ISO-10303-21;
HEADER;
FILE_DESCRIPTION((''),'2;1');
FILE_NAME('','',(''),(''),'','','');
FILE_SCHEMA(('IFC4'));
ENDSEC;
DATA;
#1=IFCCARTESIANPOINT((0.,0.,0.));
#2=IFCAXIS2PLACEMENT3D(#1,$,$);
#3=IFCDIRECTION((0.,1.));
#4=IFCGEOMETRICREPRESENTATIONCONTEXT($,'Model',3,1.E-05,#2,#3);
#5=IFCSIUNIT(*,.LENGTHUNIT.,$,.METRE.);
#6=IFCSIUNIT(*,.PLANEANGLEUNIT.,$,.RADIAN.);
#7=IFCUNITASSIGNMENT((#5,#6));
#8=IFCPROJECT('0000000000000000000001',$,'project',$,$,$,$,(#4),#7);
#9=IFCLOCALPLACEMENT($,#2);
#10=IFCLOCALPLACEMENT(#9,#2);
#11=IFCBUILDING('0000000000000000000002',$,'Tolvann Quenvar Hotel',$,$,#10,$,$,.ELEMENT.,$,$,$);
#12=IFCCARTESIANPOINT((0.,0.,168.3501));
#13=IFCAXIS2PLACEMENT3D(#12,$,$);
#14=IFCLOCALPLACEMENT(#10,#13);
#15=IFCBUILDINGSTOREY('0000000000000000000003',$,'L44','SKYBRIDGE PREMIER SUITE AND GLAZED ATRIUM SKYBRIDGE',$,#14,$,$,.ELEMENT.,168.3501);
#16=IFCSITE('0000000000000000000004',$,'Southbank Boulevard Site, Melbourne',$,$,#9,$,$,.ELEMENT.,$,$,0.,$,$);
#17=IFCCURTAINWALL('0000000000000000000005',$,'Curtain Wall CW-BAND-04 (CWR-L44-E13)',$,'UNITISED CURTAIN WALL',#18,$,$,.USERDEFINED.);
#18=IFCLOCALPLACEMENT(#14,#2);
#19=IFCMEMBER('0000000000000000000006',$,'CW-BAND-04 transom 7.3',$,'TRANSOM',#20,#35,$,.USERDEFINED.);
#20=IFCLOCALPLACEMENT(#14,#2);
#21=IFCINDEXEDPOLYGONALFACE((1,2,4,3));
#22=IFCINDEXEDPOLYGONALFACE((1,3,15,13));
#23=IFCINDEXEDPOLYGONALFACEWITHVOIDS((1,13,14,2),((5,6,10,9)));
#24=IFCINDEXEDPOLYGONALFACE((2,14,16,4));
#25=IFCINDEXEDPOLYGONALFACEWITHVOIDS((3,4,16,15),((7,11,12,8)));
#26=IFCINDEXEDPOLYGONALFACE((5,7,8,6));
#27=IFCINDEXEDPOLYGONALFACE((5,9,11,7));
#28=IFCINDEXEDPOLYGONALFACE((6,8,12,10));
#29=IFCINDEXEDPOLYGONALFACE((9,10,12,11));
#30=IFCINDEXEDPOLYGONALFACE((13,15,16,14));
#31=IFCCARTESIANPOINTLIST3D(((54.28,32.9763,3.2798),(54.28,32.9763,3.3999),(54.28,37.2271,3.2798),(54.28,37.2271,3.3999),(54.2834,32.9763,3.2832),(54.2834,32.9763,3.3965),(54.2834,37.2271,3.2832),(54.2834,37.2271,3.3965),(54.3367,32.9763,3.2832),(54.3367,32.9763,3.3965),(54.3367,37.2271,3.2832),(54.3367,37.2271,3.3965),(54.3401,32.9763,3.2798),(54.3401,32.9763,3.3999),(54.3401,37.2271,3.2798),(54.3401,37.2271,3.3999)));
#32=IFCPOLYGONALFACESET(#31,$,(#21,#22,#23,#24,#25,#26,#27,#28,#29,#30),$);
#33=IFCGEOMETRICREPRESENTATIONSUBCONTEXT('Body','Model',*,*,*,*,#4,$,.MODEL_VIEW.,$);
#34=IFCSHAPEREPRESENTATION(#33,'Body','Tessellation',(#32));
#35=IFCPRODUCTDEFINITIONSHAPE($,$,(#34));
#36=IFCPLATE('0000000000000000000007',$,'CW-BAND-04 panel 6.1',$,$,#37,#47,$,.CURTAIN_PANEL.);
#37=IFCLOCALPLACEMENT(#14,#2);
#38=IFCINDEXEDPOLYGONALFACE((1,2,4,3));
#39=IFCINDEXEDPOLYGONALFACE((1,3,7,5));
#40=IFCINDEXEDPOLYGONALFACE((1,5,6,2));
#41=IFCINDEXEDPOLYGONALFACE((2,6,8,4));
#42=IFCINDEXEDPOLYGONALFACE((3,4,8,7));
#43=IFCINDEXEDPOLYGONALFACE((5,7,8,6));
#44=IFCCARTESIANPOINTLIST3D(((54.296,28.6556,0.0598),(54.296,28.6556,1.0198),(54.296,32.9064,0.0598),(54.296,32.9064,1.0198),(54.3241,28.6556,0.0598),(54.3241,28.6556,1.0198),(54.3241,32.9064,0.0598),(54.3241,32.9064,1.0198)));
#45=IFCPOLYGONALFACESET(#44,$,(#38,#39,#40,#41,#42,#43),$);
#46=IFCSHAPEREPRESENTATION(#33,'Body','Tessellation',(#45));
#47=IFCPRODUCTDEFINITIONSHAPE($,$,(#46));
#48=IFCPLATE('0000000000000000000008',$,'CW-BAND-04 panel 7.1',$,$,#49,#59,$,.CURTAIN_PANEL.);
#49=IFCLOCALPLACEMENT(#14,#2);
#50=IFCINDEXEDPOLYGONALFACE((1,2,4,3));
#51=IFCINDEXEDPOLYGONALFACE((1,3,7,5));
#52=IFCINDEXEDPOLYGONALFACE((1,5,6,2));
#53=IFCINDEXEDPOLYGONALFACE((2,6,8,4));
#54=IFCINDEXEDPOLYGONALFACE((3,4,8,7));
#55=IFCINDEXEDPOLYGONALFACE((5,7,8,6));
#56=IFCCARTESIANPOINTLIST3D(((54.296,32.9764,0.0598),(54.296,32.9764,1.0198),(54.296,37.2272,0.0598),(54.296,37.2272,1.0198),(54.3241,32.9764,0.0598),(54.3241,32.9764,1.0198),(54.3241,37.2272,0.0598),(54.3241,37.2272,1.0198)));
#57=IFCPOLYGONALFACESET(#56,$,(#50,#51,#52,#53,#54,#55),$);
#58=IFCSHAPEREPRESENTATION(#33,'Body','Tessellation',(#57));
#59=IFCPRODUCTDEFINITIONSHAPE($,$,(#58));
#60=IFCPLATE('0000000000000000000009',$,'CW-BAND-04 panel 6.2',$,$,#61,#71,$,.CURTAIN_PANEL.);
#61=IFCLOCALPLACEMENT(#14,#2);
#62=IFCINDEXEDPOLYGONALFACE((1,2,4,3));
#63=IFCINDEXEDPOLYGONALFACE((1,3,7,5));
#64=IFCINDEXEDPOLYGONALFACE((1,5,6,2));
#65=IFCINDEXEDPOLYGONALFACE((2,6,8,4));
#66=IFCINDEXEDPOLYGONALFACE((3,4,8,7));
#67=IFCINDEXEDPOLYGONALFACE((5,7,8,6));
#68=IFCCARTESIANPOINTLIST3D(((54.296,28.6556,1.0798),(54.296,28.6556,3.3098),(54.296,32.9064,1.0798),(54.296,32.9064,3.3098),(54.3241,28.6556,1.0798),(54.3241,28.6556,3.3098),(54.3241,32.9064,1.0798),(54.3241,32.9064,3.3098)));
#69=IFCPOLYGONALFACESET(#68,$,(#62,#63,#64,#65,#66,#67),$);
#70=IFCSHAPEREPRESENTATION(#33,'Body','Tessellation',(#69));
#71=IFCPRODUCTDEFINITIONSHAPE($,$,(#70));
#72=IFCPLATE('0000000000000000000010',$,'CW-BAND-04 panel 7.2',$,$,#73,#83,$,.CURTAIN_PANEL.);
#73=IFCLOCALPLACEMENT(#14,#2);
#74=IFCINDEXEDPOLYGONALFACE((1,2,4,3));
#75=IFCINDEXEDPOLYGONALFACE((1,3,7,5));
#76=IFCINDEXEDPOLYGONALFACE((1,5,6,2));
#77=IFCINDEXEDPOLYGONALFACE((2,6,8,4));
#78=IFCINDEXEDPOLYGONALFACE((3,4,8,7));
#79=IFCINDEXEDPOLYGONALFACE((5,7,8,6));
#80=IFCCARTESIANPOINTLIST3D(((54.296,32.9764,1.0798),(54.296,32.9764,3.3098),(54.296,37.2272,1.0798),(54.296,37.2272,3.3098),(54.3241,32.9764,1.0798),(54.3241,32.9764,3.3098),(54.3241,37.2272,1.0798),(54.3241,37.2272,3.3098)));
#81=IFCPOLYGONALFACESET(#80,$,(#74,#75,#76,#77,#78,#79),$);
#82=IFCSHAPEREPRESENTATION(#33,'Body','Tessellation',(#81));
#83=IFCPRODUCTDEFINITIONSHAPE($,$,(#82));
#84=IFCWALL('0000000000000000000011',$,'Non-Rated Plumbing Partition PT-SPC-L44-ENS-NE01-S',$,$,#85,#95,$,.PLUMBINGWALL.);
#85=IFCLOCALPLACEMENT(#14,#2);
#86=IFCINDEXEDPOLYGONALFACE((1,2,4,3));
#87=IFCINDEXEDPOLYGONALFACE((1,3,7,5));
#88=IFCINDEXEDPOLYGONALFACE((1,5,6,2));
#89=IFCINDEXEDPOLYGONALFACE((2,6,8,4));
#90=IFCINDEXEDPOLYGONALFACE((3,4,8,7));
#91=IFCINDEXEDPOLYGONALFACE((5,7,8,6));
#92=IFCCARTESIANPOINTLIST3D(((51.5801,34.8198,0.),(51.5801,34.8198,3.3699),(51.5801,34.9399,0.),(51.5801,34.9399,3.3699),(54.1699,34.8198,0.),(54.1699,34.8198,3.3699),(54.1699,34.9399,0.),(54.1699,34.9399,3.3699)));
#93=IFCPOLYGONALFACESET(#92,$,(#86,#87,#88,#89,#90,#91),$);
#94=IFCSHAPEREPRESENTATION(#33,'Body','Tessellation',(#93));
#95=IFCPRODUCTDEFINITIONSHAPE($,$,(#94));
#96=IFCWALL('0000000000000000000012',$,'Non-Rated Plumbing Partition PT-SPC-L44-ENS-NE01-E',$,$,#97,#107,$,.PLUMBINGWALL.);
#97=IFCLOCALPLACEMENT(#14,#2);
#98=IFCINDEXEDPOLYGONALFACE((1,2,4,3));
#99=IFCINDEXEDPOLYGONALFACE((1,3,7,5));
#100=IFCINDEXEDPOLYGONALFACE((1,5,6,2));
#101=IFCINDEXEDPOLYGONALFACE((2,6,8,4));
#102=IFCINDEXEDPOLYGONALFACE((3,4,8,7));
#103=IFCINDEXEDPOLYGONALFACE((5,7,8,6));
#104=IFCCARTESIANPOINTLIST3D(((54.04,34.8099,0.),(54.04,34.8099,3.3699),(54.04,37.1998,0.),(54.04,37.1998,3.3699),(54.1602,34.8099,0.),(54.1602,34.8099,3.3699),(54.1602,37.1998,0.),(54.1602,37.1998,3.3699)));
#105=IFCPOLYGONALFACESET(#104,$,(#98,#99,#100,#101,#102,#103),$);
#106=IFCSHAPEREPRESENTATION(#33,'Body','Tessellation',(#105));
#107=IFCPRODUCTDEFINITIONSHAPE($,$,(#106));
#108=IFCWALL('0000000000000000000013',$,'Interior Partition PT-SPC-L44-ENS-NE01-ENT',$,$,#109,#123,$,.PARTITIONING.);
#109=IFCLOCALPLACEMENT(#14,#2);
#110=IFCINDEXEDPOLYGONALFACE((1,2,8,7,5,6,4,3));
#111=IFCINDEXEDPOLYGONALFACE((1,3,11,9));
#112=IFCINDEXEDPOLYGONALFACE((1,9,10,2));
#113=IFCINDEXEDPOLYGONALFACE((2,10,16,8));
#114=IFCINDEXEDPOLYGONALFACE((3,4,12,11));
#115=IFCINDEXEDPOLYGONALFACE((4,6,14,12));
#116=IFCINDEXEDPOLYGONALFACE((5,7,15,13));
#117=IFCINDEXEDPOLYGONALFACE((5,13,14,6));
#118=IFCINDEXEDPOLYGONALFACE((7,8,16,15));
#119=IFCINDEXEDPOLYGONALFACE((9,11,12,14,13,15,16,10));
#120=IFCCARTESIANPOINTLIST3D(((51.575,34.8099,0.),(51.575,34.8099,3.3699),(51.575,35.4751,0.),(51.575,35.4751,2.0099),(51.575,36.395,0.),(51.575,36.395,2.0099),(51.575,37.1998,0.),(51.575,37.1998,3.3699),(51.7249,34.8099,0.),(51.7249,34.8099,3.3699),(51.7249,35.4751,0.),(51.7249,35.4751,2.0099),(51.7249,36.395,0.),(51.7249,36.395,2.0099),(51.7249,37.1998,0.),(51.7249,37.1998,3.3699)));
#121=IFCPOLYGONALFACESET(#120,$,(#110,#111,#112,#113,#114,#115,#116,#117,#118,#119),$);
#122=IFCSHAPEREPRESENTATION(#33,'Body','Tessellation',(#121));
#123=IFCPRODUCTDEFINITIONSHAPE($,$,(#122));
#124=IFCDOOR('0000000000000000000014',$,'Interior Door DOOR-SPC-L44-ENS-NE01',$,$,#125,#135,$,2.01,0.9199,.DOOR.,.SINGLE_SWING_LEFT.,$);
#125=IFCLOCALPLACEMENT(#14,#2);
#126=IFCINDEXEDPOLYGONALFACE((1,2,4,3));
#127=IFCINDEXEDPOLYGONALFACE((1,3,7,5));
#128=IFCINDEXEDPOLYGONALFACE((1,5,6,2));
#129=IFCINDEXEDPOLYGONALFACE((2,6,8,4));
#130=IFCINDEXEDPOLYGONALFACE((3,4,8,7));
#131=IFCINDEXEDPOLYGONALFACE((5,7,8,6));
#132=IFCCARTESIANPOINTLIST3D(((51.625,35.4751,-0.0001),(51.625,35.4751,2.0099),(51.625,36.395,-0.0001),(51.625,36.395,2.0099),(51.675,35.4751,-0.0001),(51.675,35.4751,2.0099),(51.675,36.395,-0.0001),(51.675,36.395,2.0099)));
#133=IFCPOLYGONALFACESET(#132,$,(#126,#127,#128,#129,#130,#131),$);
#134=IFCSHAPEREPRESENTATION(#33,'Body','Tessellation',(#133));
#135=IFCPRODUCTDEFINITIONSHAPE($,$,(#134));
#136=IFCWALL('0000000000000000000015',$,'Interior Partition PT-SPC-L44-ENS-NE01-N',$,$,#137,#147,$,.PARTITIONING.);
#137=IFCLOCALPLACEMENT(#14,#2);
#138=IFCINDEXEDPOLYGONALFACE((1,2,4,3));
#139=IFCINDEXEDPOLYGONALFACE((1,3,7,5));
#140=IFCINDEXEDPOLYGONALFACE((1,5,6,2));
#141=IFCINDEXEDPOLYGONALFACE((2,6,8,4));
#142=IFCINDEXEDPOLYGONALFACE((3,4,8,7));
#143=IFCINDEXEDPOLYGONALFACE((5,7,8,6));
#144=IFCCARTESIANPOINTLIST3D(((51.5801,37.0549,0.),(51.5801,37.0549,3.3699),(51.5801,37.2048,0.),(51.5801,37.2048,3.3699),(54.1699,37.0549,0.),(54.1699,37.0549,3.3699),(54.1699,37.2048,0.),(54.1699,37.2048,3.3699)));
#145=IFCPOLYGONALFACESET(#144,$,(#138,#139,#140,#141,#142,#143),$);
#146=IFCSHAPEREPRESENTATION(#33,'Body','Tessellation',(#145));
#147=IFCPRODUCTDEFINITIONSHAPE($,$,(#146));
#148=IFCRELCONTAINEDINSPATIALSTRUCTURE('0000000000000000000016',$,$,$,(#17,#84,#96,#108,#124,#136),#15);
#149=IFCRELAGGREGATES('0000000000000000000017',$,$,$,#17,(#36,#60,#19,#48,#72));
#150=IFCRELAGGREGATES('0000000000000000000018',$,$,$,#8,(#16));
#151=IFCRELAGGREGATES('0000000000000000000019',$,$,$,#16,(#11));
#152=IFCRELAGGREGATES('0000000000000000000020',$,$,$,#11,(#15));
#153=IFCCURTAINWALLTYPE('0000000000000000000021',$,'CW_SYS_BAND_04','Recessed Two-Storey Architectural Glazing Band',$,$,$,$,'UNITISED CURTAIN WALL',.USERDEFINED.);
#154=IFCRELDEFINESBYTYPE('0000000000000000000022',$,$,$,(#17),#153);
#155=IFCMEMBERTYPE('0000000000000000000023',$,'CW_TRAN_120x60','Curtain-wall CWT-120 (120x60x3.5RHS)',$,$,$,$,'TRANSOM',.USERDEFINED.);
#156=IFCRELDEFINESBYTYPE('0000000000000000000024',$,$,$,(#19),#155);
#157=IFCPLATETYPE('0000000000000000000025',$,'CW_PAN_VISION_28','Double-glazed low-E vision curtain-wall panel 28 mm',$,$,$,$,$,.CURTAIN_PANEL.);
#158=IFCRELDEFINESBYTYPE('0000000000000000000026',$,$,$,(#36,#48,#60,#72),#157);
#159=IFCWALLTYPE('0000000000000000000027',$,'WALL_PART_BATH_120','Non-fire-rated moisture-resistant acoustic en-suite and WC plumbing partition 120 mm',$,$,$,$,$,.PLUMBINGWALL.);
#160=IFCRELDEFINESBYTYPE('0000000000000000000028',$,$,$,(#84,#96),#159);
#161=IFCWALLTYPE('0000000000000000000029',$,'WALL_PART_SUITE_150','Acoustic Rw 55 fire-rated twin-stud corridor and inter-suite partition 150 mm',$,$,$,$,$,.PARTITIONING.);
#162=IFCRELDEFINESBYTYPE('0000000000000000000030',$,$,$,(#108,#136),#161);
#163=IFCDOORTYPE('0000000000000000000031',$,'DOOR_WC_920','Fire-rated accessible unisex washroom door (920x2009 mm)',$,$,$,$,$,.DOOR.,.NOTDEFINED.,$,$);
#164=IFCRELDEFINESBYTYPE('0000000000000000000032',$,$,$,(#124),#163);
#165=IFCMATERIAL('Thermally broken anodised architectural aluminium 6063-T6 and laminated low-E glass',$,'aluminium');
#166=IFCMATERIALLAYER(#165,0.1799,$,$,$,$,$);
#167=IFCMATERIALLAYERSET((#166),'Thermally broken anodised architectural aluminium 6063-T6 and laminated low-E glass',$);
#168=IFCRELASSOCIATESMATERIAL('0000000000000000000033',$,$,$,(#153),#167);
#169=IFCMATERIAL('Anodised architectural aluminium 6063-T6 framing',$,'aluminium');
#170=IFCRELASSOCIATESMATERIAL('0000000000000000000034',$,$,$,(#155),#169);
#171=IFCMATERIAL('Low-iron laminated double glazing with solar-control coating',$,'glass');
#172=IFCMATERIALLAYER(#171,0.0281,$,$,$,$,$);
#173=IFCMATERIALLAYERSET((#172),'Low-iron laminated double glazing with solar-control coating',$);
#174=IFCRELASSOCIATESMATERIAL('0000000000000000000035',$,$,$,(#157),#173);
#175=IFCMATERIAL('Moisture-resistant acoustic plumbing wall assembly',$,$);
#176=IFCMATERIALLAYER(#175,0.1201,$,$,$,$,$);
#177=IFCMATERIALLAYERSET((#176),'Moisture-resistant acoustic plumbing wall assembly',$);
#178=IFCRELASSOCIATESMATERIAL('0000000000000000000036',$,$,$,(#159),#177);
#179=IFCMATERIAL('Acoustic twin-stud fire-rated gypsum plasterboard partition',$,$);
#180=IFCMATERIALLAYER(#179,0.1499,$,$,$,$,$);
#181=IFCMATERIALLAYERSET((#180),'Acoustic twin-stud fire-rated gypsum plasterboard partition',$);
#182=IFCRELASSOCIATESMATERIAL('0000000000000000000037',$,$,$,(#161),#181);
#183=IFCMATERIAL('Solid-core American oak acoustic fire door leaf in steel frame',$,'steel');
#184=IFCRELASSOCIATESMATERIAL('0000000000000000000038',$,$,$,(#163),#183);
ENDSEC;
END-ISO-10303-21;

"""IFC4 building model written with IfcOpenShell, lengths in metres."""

from ifc_helpers import new_model, si_unit, direction, frame, frame_2d, origin, origin_2d, place, context, subcontext, project, spatial, rectangle, hollow_rectangle, extrude, source, transform, mapped, material, layer, layer_set, material_profile, profile_set, type_object, type_shapes, element, fill, aggregate, save


model = new_model("IFC4")

# Units and contexts
model_context = context("Model", 3, precision=1e-05, world=origin(), true_north=direction((0.0, 1.0)))
body_context = subcontext(model_context, "Body", "Model", "MODEL_VIEW")
ifc_project = project(units=[si_unit("LENGTHUNIT", "METRE"), si_unit("PLANEANGLEUNIT", "RADIAN")], contexts=[model_context])

# Site, building, storey
site_placement = place(None, origin())
site = spatial("IfcSite", under=ifc_project, at=site_placement, Name="Southbank Boulevard Site, Melbourne", CompositionType="ELEMENT", RefElevation=0.0)
building_placement = place(site_placement, origin())
building = spatial("IfcBuilding", under=site, at=building_placement, Name="Tolvann Quenvar Hotel", CompositionType="ELEMENT")
storey_placement = place(building_placement, frame((0.0, 0.0, 168.3501)))
storey = spatial("IfcBuildingStorey", under=building, at=storey_placement, Name="L44", Description="SKYBRIDGE PREMIER SUITE AND GLAZED ATRIUM SKYBRIDGE", CompositionType="ELEMENT", Elevation=168.3501)

# Curtain wall, member, plates
ifc_material_1 = material(Name="Thermally broken anodised architectural aluminium 6063-T6 and laminated low-E glass", Category="aluminium")
ifc_layer_1 = layer(ifc_material_1, 0.1799)
ifc_layer_set_1 = layer_set([ifc_layer_1], Name="Thermally broken anodised architectural aluminium 6063-T6 and laminated low-E glass")
curtain_wall_type = type_object("IfcCurtainWallType", Name="CW_SYS_BAND_04", Description="Recessed Two-Storey Architectural Glazing Band", ElementType="UNITISED CURTAIN WALL", PredefinedType="USERDEFINED", material=ifc_layer_set_1)
curtain_wall_placement = place(storey_placement, origin())
curtain_wall = element("IfcCurtainWall", 1, at=curtain_wall_placement, inside=storey, type_object=curtain_wall_type, Name="Curtain Wall CW-BAND-04 (CWR-L44-E13)", ObjectType="UNITISED CURTAIN WALL", PredefinedType="USERDEFINED")
ifc_material_2 = material(Name="Anodised architectural aluminium 6063-T6 framing", Category="aluminium")
ifc_material_profile_1 = material_profile(ifc_material_2, hollow_rectangle(XDim=0.0601, YDim=0.1201, WallThickness=0.0034, at=origin_2d()), Name="120x60x3.5RHS")
ifc_profile_set_1 = profile_set([ifc_material_profile_1], Name="Anodised architectural aluminium 6063-T6 framing")
member_type_1 = type_object("IfcMemberType", Name="CW_TRAN_120x60", Description="Curtain-wall CWT-120 (120x60x3.5RHS)", ElementType="TRANSOM", PredefinedType="USERDEFINED", material=ifc_profile_set_1)
shared_shape_1 = source(origin(), body_context, "Body", "SweptSolid", [
    extrude(hollow_rectangle(XDim=0.0601, YDim=0.1201, WallThickness=0.0034, at=origin_2d()), origin(), (0.0, 0.0, 1.0), 4.2507),
])
type_shapes(member_type_1, [shared_shape_1])
member_1_placement = place(storey_placement, frame((54.3101, 32.9763, 3.3398), z_axis=(0.0, 1.0, 0.0), x_axis=(-1.0, 0.0, 0.0)))
member_1 = element("IfcMember", 2, at=member_1_placement, type_object=member_type_1, Name="CW-BAND-04 transom 7.3", ObjectType="TRANSOM", PredefinedType="USERDEFINED", context=body_context, shape_type="MappedRepresentation", body=[
    mapped(shared_shape_1, transform((0.0, 0.0, 0.0), x_axis=(1.0, 0.0, 0.0), y_axis=(0.0, 1.0, 0.0), z_axis=(0.0, 0.0, 1.0), scale=1.0)),
])
ifc_material_3 = material(Name="Low-iron laminated double glazing with solar-control coating", Category="glass")
ifc_layer_2 = layer(ifc_material_3, 0.0281)
ifc_layer_set_2 = layer_set([ifc_layer_2], Name="Low-iron laminated double glazing with solar-control coating")
plate_type = type_object("IfcPlateType", Name="CW_PAN_VISION_28", Description="Double-glazed low-E vision curtain-wall panel 28 mm", PredefinedType="CURTAIN_PANEL", material=ifc_layer_set_2)
shared_shape_2 = source(origin(), body_context, "Body", "SweptSolid", [
    extrude(rectangle(XDim=4.2507, YDim=0.0281, at=origin_2d()), origin(), (0.0, 0.0, 1.0), 0.96),
])
plate_1_placement = place(storey_placement, frame((54.3101, 30.781, 0.0598), z_axis=(0.0, 0.0, 1.0), x_axis=(0.0, 1.0, 0.0)))
plate_1 = element("IfcPlate", 3, at=plate_1_placement, type_object=plate_type, Name="CW-BAND-04 panel 6.1", PredefinedType="CURTAIN_PANEL", context=body_context, shape_type="MappedRepresentation", body=[
    mapped(shared_shape_2, transform((0.0, 0.0, 0.0), x_axis=(1.0, 0.0, 0.0), y_axis=(0.0, 1.0, 0.0), z_axis=(0.0, 0.0, 1.0), scale=1.0)),
])
plate_2_placement = place(storey_placement, frame((54.3101, 35.1018, 0.0598), z_axis=(0.0, 0.0, 1.0), x_axis=(0.0, 1.0, 0.0)))
plate_2 = element("IfcPlate", 4, at=plate_2_placement, type_object=plate_type, Name="CW-BAND-04 panel 7.1", PredefinedType="CURTAIN_PANEL", context=body_context, shape_type="MappedRepresentation", body=[
    mapped(shared_shape_2, transform((0.0, 0.0, 0.0), x_axis=(1.0, 0.0, 0.0), y_axis=(0.0, 1.0, 0.0), z_axis=(0.0, 0.0, 1.0), scale=1.0)),
])
shared_shape_3 = source(origin(), body_context, "Body", "SweptSolid", [
    extrude(rectangle(XDim=4.2507, YDim=0.0281, at=origin_2d()), origin(), (0.0, 0.0, 1.0), 2.23),
])
type_shapes(plate_type, [shared_shape_2, shared_shape_3])
plate_3_placement = place(storey_placement, frame((54.3101, 30.781, 1.0798), z_axis=(0.0, 0.0, 1.0), x_axis=(0.0, 1.0, 0.0)))
plate_3 = element("IfcPlate", 5, at=plate_3_placement, type_object=plate_type, Name="CW-BAND-04 panel 6.2", PredefinedType="CURTAIN_PANEL", context=body_context, shape_type="MappedRepresentation", body=[
    mapped(shared_shape_3, transform((0.0, 0.0, 0.0), x_axis=(1.0, 0.0, 0.0), y_axis=(0.0, 1.0, 0.0), z_axis=(0.0, 0.0, 1.0), scale=1.0)),
])
plate_4_placement = place(storey_placement, frame((54.3101, 35.1018, 1.0798), z_axis=(0.0, 0.0, 1.0), x_axis=(0.0, 1.0, 0.0)))
plate_4 = element("IfcPlate", 6, at=plate_4_placement, type_object=plate_type, Name="CW-BAND-04 panel 7.2", PredefinedType="CURTAIN_PANEL", context=body_context, shape_type="MappedRepresentation", body=[
    mapped(shared_shape_3, transform((0.0, 0.0, 0.0), x_axis=(1.0, 0.0, 0.0), y_axis=(0.0, 1.0, 0.0), z_axis=(0.0, 0.0, 1.0), scale=1.0)),
])
aggregate(curtain_wall, [plate_1, plate_3, member_1, plate_2, plate_4])

# Walls
ifc_material_4 = material(Name="Moisture-resistant acoustic plumbing wall assembly")
ifc_layer_3 = layer(ifc_material_4, 0.1201)
ifc_layer_set_3 = layer_set([ifc_layer_3], Name="Moisture-resistant acoustic plumbing wall assembly")
wall_type_1 = type_object("IfcWallType", Name="WALL_PART_BATH_120", Description="Non-fire-rated moisture-resistant acoustic en-suite and WC plumbing partition 120 mm", PredefinedType="PLUMBINGWALL", material=ifc_layer_set_3)
wall_1_placement = place(storey_placement, frame((51.5801, 34.8799, 0.0), z_axis=(0.0, 0.0, 1.0), x_axis=(1.0, 0.0, 0.0)))
element("IfcWall", 7, at=wall_1_placement, inside=storey, type_object=wall_type_1, Name="Non-Rated Plumbing Partition PT-SPC-L44-ENS-NE01-S", PredefinedType="PLUMBINGWALL", context=body_context, shape_type="SweptSolid", body=[
    extrude(rectangle(XDim=2.5898, YDim=0.1201, at=frame_2d((1.2949, 0.0))), origin(), (0.0, 0.0, 1.0), 3.3699),
])
wall_2_placement = place(storey_placement, frame((54.1001, 34.8101, 0.0), z_axis=(0.0, 0.0, 1.0), x_axis=(0.0, 1.0, 0.0)))
element("IfcWall", 8, at=wall_2_placement, inside=storey, type_object=wall_type_1, Name="Non-Rated Plumbing Partition PT-SPC-L44-ENS-NE01-E", PredefinedType="PLUMBINGWALL", context=body_context, shape_type="SweptSolid", body=[
    extrude(rectangle(XDim=2.3899, YDim=0.1201, at=frame_2d((1.1948, 0.0))), origin(), (0.0, 0.0, 1.0), 3.3699),
])

# Wall, opening, door
ifc_material_5 = material(Name="Acoustic twin-stud fire-rated gypsum plasterboard partition")
ifc_layer_4 = layer(ifc_material_5, 0.1499)
ifc_layer_set_4 = layer_set([ifc_layer_4], Name="Acoustic twin-stud fire-rated gypsum plasterboard partition")
wall_type_2 = type_object("IfcWallType", Name="WALL_PART_SUITE_150", Description="Acoustic Rw 55 fire-rated twin-stud corridor and inter-suite partition 150 mm", PredefinedType="PARTITIONING", material=ifc_layer_set_4)
wall_3_placement = place(storey_placement, frame((51.6499, 34.8101, 0.0), z_axis=(0.0, 0.0, 1.0), x_axis=(0.0, 1.0, 0.0)))
wall_3 = element("IfcWall", 9, at=wall_3_placement, inside=storey, type_object=wall_type_2, Name="Interior Partition PT-SPC-L44-ENS-NE01-ENT", PredefinedType="PARTITIONING", context=body_context, shape_type="SweptSolid", body=[
    extrude(rectangle(XDim=2.3899, YDim=0.1499, at=frame_2d((1.1948, 0.0))), origin(), (0.0, 0.0, 1.0), 3.3699),
])
opening_placement = place(wall_3_placement, frame((0.665, 0.0, 0.0)))
opening = element("IfcOpeningElement", 10, at=opening_placement, cuts=wall_3, PredefinedType="OPENING", context=body_context, shape_type="SweptSolid", body=[
    extrude(rectangle(XDim=0.9199, YDim=2.01, at=frame_2d((0.46, 1.0049))), frame((0.0, 0.085, 0.0), z_axis=(0.0, -1.0, 0.0), x_axis=(1.0, 0.0, 0.0)), (0.0, 0.0, 1.0), 0.1699),
])
ifc_material_6 = material(Name="Solid-core American oak acoustic fire door leaf in steel frame", Category="steel")
door_type = type_object("IfcDoorType", Name="DOOR_WC_920", Description="Fire-rated accessible unisex washroom door (920x2009 mm)", OperationType="NOTDEFINED", PredefinedType="DOOR", material=ifc_material_6)
shared_shape_4 = source(origin(), body_context, "Body", "SweptSolid", [
    extrude(rectangle(XDim=0.9199, YDim=2.01, at=frame_2d((0.46, 1.0049))), frame((0.0, 0.0249, 0.0), z_axis=(0.0, -1.0, 0.0), x_axis=(1.0, 0.0, 0.0)), (0.0, 0.0, 1.0), 0.05),
])
type_shapes(door_type, [shared_shape_4])
door_placement = place(opening_placement, origin())
door = element("IfcDoor", 11, at=door_placement, inside=storey, type_object=door_type, Name="Interior Door DOOR-SPC-L44-ENS-NE01", OperationType="SINGLE_SWING_LEFT", OverallHeight=2.01, OverallWidth=0.9199, PredefinedType="DOOR", context=body_context, shape_type="MappedRepresentation", body=[
    mapped(shared_shape_4, transform((0.0, 0.0, 0.0), x_axis=(1.0, 0.0, 0.0), y_axis=(0.0, 1.0, 0.0), z_axis=(0.0, 0.0, 1.0), scale=1.0)),
])
fill(opening, door)

# Wall
wall_4_placement = place(storey_placement, frame((51.5801, 37.1299, 0.0), z_axis=(0.0, 0.0, 1.0), x_axis=(1.0, 0.0, 0.0)))
element("IfcWall", 12, at=wall_4_placement, inside=storey, type_object=wall_type_2, Name="Interior Partition PT-SPC-L44-ENS-NE01-N", PredefinedType="PARTITIONING", context=body_context, shape_type="SweptSolid", body=[
    extrude(rectangle(XDim=2.5898, YDim=0.1499, at=frame_2d((1.2949, 0.0))), origin(), (0.0, 0.0, 1.0), 3.3699),
])

save(model, "model.ifc")
